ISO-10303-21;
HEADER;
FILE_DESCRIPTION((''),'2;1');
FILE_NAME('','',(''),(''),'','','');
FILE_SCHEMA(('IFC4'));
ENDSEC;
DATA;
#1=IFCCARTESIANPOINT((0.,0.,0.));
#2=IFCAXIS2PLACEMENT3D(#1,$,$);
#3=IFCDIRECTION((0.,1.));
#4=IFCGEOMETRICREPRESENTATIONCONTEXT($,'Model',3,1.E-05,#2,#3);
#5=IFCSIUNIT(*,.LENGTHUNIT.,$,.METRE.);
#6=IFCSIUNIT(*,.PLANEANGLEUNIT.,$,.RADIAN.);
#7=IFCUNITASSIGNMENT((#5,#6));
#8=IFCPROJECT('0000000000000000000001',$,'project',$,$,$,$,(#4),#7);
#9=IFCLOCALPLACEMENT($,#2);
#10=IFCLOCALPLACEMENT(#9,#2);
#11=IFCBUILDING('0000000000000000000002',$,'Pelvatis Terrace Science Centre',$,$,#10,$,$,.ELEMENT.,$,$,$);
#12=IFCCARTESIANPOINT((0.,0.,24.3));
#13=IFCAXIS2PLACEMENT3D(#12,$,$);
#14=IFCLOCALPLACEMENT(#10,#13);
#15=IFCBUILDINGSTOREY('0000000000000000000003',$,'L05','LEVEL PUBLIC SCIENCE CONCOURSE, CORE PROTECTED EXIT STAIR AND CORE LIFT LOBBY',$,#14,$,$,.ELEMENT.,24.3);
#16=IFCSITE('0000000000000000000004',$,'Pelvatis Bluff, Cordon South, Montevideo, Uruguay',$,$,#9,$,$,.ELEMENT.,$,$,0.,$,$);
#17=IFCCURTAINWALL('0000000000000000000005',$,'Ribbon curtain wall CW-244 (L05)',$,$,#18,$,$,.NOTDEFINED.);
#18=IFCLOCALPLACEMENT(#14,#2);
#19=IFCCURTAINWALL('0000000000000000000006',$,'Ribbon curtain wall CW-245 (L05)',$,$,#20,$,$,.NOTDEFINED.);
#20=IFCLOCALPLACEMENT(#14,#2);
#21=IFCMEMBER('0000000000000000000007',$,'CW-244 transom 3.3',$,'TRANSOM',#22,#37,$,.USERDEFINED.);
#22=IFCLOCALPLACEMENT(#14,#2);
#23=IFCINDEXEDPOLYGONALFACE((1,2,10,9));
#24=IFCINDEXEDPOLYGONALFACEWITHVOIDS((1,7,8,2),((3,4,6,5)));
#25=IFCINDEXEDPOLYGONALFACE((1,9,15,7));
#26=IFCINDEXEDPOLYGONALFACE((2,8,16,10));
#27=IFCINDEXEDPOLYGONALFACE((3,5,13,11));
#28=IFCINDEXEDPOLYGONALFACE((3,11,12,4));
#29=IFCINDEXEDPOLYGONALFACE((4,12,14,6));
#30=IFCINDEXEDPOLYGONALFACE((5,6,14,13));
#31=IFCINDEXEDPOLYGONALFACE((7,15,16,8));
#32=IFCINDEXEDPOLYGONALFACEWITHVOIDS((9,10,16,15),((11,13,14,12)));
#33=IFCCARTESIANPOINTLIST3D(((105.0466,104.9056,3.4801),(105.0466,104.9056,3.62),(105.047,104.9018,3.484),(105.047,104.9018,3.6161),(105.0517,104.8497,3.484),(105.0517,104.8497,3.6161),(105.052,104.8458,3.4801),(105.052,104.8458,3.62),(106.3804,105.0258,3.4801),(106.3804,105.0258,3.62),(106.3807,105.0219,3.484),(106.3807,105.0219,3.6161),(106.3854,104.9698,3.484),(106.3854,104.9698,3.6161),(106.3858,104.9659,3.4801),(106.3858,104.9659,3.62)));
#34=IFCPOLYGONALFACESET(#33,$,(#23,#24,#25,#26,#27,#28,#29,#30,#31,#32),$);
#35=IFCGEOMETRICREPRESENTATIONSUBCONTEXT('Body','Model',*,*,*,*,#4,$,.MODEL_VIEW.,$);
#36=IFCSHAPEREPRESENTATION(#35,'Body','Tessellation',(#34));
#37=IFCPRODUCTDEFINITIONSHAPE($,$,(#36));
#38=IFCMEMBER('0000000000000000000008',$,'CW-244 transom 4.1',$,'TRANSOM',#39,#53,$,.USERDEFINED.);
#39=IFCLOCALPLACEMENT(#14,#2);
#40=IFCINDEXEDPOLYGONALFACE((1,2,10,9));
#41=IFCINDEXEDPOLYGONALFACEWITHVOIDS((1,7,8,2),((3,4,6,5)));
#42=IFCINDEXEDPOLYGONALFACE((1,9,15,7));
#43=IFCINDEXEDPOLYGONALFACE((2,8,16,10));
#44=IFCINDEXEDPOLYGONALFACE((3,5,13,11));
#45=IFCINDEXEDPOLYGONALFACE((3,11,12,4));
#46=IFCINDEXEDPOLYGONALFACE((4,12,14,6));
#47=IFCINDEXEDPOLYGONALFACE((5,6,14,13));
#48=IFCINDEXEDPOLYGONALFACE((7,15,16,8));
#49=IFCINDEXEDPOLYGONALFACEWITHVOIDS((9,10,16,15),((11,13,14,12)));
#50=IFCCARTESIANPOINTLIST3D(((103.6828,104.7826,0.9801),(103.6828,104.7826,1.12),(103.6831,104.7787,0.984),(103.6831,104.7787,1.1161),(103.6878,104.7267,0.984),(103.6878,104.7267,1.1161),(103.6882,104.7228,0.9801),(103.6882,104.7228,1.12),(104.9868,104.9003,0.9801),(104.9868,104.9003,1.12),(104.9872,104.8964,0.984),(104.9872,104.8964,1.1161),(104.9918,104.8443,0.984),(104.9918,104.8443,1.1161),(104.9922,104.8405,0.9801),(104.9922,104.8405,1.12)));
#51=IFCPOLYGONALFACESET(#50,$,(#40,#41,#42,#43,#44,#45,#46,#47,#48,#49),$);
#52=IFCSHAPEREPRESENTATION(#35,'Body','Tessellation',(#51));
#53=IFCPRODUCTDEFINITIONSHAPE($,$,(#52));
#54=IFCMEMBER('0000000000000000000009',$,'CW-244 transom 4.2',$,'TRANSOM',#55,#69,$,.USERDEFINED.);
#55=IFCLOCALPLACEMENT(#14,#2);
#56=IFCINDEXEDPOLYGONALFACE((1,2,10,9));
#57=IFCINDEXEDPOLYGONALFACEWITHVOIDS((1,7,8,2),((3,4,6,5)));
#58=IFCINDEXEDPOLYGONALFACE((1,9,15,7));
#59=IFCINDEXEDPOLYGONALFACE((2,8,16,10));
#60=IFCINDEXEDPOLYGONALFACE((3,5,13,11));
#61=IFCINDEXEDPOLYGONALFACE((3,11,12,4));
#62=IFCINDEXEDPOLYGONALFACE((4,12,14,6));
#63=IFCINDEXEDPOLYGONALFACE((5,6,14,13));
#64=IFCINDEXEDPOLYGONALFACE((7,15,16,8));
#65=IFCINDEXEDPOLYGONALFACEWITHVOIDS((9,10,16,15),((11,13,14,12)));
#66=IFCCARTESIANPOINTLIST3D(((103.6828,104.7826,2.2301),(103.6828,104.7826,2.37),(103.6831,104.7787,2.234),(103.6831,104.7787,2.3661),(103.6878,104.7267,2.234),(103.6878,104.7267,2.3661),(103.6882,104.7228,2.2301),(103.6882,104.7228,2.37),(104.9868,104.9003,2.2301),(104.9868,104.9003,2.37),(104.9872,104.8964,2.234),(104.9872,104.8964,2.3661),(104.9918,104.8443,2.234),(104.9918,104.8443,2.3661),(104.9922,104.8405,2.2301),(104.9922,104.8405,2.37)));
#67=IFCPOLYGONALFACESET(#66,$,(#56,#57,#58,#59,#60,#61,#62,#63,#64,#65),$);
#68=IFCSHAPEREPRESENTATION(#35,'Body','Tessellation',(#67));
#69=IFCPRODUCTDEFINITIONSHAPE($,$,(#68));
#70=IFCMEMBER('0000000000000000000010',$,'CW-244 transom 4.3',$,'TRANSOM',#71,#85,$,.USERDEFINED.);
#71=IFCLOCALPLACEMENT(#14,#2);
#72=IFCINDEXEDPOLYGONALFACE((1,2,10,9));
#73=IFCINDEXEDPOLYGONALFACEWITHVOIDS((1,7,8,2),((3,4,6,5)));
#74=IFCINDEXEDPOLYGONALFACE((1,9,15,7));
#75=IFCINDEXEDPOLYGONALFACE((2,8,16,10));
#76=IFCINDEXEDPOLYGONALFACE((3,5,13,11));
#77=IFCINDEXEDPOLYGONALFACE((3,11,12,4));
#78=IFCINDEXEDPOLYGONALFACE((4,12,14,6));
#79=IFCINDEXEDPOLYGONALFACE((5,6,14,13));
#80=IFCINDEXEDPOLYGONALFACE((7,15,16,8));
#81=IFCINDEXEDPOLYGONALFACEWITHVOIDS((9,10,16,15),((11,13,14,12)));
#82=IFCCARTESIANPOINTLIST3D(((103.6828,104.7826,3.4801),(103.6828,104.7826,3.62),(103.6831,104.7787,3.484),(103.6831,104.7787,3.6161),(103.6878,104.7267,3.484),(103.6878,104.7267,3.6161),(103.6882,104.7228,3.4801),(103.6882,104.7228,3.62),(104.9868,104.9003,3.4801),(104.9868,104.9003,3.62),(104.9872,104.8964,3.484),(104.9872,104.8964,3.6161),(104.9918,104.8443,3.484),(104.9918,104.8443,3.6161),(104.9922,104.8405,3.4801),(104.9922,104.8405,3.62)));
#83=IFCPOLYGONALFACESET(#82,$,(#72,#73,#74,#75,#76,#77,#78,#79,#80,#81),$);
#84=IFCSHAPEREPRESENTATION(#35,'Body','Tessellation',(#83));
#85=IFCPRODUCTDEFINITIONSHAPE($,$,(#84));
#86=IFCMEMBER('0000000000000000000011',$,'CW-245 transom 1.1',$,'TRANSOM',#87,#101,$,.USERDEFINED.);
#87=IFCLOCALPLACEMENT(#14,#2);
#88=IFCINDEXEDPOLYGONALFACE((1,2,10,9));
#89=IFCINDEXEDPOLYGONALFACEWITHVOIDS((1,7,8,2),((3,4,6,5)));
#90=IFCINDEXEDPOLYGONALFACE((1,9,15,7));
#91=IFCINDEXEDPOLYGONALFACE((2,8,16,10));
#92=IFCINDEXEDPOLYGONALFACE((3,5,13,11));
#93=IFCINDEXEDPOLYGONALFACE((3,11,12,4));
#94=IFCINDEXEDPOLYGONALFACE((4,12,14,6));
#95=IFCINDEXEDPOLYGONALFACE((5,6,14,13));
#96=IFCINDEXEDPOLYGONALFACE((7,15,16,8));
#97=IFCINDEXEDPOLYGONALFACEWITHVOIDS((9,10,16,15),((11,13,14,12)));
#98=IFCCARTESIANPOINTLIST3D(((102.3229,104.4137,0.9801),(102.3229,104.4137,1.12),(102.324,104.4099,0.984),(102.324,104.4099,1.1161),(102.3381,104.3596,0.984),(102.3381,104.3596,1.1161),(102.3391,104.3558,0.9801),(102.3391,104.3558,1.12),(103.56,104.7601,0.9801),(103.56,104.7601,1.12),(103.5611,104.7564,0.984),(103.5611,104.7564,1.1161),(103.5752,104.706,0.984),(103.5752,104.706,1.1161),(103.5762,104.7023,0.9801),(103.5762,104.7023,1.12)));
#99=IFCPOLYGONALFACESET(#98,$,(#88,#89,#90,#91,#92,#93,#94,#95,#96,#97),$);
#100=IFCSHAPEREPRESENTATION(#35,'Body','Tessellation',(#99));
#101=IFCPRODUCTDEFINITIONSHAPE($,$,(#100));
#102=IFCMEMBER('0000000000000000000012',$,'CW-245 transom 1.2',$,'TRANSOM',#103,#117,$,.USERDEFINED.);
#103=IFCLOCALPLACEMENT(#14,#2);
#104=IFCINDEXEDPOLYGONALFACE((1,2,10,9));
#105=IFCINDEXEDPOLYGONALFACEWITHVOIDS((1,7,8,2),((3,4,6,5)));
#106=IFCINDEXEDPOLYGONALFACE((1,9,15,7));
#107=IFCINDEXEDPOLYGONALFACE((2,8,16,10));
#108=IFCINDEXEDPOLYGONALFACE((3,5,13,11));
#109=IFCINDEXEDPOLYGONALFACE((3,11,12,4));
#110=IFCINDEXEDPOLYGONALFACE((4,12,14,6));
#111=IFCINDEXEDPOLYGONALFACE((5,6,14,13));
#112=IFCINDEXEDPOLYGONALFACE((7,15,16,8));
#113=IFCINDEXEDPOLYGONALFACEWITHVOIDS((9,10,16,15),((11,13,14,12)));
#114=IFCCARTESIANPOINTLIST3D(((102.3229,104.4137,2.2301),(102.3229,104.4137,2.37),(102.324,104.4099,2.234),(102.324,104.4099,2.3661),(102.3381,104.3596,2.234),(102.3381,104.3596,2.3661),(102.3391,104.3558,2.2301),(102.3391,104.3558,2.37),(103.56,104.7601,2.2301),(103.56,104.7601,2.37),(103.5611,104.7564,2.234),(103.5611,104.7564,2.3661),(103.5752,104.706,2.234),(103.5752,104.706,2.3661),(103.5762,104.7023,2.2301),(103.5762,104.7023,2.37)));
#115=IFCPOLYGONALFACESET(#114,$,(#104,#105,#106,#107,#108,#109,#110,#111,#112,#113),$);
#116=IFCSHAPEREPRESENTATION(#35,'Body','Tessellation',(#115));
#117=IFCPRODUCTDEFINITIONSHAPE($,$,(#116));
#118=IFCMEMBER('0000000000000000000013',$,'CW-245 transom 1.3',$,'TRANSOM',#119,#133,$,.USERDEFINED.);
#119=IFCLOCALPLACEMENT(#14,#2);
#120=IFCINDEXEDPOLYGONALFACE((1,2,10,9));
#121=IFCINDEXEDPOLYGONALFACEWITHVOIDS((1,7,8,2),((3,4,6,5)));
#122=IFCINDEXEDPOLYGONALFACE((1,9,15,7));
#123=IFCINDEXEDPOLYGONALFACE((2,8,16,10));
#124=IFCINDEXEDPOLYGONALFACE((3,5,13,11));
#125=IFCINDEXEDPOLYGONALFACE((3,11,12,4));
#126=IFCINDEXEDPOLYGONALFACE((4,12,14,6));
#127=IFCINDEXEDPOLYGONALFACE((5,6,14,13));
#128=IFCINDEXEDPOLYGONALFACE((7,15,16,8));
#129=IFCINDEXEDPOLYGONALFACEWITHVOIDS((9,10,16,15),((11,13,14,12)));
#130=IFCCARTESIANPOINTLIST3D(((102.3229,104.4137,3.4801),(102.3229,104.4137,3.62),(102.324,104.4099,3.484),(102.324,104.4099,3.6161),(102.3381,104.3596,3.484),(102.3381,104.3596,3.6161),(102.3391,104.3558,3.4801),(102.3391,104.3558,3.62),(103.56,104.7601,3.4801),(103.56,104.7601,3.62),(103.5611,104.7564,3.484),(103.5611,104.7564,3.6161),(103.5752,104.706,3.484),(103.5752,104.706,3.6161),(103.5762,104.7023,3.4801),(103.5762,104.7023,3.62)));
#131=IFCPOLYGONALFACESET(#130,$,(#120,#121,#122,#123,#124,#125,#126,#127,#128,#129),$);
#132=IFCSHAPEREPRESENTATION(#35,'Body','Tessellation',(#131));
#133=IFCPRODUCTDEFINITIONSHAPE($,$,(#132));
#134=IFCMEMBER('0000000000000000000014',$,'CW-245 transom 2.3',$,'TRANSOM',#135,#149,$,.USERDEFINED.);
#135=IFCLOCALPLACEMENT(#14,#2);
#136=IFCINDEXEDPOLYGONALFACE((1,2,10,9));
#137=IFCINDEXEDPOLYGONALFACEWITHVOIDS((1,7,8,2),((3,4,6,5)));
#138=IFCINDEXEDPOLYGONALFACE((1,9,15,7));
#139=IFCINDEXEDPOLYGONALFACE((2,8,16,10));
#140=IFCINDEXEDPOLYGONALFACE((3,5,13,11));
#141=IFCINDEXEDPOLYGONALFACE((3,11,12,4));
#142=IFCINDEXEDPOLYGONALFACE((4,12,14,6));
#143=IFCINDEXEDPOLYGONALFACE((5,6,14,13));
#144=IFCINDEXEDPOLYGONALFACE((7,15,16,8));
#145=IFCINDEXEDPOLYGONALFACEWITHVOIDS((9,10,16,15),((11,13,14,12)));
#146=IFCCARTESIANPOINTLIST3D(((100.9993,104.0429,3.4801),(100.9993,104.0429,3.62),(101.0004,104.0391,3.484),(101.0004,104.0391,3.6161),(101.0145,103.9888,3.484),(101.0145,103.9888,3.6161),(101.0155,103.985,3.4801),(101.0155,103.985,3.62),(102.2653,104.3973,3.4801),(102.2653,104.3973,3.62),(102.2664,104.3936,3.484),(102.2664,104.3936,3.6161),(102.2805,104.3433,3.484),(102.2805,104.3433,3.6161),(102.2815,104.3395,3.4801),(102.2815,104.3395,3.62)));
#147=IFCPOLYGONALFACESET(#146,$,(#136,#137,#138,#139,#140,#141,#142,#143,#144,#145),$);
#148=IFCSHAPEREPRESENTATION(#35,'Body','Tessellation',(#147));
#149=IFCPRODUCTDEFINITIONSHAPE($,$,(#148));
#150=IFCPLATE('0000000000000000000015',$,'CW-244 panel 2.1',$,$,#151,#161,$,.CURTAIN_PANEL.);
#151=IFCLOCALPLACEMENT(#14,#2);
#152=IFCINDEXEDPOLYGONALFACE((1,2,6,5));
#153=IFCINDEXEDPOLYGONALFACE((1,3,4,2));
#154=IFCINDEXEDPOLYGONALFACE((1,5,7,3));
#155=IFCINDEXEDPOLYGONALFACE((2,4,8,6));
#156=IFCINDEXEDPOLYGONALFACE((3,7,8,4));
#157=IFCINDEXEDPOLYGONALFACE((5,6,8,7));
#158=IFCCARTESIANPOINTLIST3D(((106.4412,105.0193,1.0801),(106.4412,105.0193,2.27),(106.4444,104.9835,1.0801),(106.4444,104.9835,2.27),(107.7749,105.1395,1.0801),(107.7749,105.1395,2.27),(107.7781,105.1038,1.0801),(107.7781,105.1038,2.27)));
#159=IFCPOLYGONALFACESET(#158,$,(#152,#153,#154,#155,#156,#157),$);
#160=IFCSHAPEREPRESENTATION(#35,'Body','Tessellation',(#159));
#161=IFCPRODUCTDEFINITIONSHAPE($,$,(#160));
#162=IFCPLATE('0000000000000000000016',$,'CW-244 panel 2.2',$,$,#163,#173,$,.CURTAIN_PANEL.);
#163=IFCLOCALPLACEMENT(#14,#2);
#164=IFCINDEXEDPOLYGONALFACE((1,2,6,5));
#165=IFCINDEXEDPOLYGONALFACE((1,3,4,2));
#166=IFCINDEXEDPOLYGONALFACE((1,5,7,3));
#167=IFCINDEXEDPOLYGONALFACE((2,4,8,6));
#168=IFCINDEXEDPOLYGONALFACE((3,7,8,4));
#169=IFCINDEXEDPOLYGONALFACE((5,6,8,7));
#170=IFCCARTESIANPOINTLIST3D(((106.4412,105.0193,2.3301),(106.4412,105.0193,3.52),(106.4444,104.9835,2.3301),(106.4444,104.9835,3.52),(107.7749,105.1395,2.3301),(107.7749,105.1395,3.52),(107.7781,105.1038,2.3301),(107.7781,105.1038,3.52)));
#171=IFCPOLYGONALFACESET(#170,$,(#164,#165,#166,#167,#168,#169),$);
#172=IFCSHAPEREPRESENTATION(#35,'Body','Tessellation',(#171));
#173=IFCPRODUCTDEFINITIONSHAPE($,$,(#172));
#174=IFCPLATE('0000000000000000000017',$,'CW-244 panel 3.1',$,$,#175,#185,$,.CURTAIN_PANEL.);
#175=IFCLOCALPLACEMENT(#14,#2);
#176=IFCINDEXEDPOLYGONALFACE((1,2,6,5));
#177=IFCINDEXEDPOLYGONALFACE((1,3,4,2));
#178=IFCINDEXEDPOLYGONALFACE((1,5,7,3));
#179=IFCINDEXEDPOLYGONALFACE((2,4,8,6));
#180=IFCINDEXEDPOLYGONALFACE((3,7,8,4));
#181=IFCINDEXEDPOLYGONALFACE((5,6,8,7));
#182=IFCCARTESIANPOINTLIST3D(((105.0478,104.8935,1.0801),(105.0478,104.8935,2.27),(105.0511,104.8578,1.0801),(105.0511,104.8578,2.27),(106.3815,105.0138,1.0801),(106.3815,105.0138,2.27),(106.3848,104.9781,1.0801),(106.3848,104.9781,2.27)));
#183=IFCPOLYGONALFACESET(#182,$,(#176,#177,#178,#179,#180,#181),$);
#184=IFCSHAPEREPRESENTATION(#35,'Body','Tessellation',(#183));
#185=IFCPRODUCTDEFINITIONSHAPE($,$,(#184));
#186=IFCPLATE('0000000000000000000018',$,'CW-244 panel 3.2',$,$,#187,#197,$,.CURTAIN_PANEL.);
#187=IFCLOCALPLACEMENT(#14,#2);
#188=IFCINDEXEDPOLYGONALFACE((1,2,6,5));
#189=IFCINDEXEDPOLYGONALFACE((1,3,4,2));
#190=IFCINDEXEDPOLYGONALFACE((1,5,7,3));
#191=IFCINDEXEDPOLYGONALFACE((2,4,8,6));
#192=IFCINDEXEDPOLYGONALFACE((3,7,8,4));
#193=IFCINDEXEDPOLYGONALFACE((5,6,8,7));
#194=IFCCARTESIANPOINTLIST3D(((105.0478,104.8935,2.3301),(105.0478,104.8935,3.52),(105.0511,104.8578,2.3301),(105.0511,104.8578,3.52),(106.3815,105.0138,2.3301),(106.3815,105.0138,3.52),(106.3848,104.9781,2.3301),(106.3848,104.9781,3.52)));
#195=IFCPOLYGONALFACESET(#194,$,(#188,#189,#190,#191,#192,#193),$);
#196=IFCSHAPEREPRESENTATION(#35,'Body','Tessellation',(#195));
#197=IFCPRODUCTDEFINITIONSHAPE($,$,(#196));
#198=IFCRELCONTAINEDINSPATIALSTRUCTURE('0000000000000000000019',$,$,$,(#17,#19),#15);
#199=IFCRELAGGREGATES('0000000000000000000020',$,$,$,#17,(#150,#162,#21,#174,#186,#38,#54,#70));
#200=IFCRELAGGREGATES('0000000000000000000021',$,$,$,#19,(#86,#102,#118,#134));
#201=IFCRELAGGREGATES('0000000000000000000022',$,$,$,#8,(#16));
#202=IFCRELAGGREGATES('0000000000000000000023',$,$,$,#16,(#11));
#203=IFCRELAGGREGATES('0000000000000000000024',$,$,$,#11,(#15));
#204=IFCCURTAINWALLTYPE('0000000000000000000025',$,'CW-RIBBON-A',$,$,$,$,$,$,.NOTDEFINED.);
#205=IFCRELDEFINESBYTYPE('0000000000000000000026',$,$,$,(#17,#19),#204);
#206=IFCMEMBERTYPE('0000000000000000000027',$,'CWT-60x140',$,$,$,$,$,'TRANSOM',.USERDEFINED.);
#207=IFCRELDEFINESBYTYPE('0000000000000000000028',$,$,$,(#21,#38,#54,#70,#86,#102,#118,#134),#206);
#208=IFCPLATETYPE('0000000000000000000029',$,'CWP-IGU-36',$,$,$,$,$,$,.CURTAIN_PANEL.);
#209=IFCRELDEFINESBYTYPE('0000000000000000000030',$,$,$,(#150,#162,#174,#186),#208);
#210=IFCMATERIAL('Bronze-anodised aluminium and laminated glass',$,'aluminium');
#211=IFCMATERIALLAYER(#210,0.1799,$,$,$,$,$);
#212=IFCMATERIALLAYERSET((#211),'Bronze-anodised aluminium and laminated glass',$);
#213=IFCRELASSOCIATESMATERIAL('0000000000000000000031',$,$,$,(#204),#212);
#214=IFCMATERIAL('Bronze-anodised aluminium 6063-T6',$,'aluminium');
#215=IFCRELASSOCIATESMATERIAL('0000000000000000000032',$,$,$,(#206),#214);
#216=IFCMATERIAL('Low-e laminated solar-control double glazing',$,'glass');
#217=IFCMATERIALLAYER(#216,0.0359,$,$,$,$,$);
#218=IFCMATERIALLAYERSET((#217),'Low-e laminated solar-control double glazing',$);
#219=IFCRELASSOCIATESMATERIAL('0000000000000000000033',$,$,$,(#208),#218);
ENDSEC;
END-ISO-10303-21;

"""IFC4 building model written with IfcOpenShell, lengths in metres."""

from ifc_helpers import new_model, si_unit, direction, frame, origin, origin_2d, place, context, subcontext, project, spatial, rectangle, hollow_rectangle, extrude, material, layer, layer_set, material_profile, profile_set, type_object, element, aggregate, save


model = new_model("IFC4")

# Units and contexts
model_context = context("Model", 3, precision=1e-05, world=origin(), true_north=direction((0.0, 1.0)))
body_context = subcontext(model_context, "Body", "Model", "MODEL_VIEW")
ifc_project = project(units=[si_unit("LENGTHUNIT", "METRE"), si_unit("PLANEANGLEUNIT", "RADIAN")], contexts=[model_context])

# Site, building, storey
site_placement = place(None, origin())
site = spatial("IfcSite", under=ifc_project, at=site_placement, Name="Pelvatis Bluff, Cordon South, Montevideo, Uruguay", CompositionType="ELEMENT", RefElevation=0.0)
building_placement = place(site_placement, origin())
building = spatial("IfcBuilding", under=site, at=building_placement, Name="Pelvatis Terrace Science Centre", CompositionType="ELEMENT")
storey_placement = place(building_placement, frame((0.0, 0.0, 24.3)))
storey = spatial("IfcBuildingStorey", under=building, at=storey_placement, Name="L05", Description="LEVEL PUBLIC SCIENCE CONCOURSE, CORE PROTECTED EXIT STAIR AND CORE LIFT LOBBY", CompositionType="ELEMENT", Elevation=24.3)

# Curtain walls
ifc_material_1 = material(Name="Bronze-anodised aluminium and laminated glass", Category="aluminium")
ifc_layer_1 = layer(ifc_material_1, 0.1799)
ifc_layer_set_1 = layer_set([ifc_layer_1], Name="Bronze-anodised aluminium and laminated glass")
curtain_wall_type = type_object("IfcCurtainWallType", Name="CW-RIBBON-A", PredefinedType="NOTDEFINED", material=ifc_layer_set_1)
curtain_wall_1_placement = place(storey_placement, origin())
curtain_wall_1 = element("IfcCurtainWall", 1, at=curtain_wall_1_placement, inside=storey, type_object=curtain_wall_type, Name="Ribbon curtain wall CW-244 (L05)", PredefinedType="NOTDEFINED")
curtain_wall_2_placement = place(storey_placement, origin())
curtain_wall_2 = element("IfcCurtainWall", 2, at=curtain_wall_2_placement, inside=storey, type_object=curtain_wall_type, Name="Ribbon curtain wall CW-245 (L05)", PredefinedType="NOTDEFINED")

# Members
ifc_material_2 = material(Name="Bronze-anodised aluminium 6063-T6", Category="aluminium")
ifc_material_profile_1 = material_profile(ifc_material_2, hollow_rectangle(XDim=0.0601, YDim=0.1399, WallThickness=0.0039, at=origin_2d()), Name="ALU-TRN 60x140")
ifc_profile_set_1 = profile_set([ifc_material_profile_1], Name="Bronze-anodised aluminium 6063-T6")
member_type_1 = type_object("IfcMemberType", Name="CWT-60x140", ElementType="TRANSOM", PredefinedType="USERDEFINED", material=ifc_profile_set_1)
member_1_placement = place(storey_placement, frame((106.3831, 104.9958, 3.55), z_axis=(-0.995969, -0.089697, 0.0), x_axis=(0.089697, -0.995969, 0.0)))
member_1 = element("IfcMember", 3, at=member_1_placement, type_object=member_type_1, Name="CW-244 transom 3.3", ObjectType="TRANSOM", PredefinedType="USERDEFINED", context=body_context, shape_type="SweptSolid", body=[
    extrude(hollow_rectangle(XDim=0.0601, YDim=0.1399, WallThickness=0.0039, at=origin_2d()), origin(), (0.0, 0.0, 1.0), 1.3391),
])
member_2_placement = place(storey_placement, frame((104.9895, 104.8704, 1.05), z_axis=(-0.995953, -0.08988, 0.0), x_axis=(0.08988, -0.995953, 0.0)))
member_2 = element("IfcMember", 4, at=member_2_placement, type_object=member_type_1, Name="CW-244 transom 4.1", ObjectType="TRANSOM", PredefinedType="USERDEFINED", context=body_context, shape_type="SweptSolid", body=[
    extrude(hollow_rectangle(XDim=0.0601, YDim=0.1399, WallThickness=0.0039, at=origin_2d()), origin(), (0.0, 0.0, 1.0), 1.3093),
])
member_3_placement = place(storey_placement, frame((104.9895, 104.8704, 2.3), z_axis=(-0.995953, -0.08988, 0.0), x_axis=(0.08988, -0.995953, 0.0)))
member_3 = element("IfcMember", 5, at=member_3_placement, type_object=member_type_1, Name="CW-244 transom 4.2", ObjectType="TRANSOM", PredefinedType="USERDEFINED", context=body_context, shape_type="SweptSolid", body=[
    extrude(hollow_rectangle(XDim=0.0601, YDim=0.1399, WallThickness=0.0039, at=origin_2d()), origin(), (0.0, 0.0, 1.0), 1.3093),
])
member_4_placement = place(storey_placement, frame((104.9895, 104.8704, 3.55), z_axis=(-0.995953, -0.08988, 0.0), x_axis=(0.08988, -0.995953, 0.0)))
member_4 = element("IfcMember", 6, at=member_4_placement, type_object=member_type_1, Name="CW-244 transom 4.3", ObjectType="TRANSOM", PredefinedType="USERDEFINED", context=body_context, shape_type="SweptSolid", body=[
    extrude(hollow_rectangle(XDim=0.0601, YDim=0.1399, WallThickness=0.0039, at=origin_2d()), origin(), (0.0, 0.0, 1.0), 1.3093),
])
member_5_placement = place(storey_placement, frame((103.5681, 104.7312, 1.05), z_axis=(-0.962952, -0.269672, 0.0), x_axis=(0.269672, -0.962952, 0.0)))
member_5 = element("IfcMember", 7, at=member_5_placement, type_object=member_type_1, Name="CW-245 transom 1.1", ObjectType="TRANSOM", PredefinedType="USERDEFINED", context=body_context, shape_type="SweptSolid", body=[
    extrude(hollow_rectangle(XDim=0.0601, YDim=0.1399, WallThickness=0.0039, at=origin_2d()), origin(), (0.0, 0.0, 1.0), 1.2847),
])
member_6_placement = place(storey_placement, frame((103.5681, 104.7312, 2.3), z_axis=(-0.962952, -0.269672, 0.0), x_axis=(0.269672, -0.962952, 0.0)))
member_6 = element("IfcMember", 8, at=member_6_placement, type_object=member_type_1, Name="CW-245 transom 1.2", ObjectType="TRANSOM", PredefinedType="USERDEFINED", context=body_context, shape_type="SweptSolid", body=[
    extrude(hollow_rectangle(XDim=0.0601, YDim=0.1399, WallThickness=0.0039, at=origin_2d()), origin(), (0.0, 0.0, 1.0), 1.2847),
])
member_7_placement = place(storey_placement, frame((103.5681, 104.7312, 3.55), z_axis=(-0.962952, -0.269672, 0.0), x_axis=(0.269672, -0.962952, 0.0)))
member_7 = element("IfcMember", 9, at=member_7_placement, type_object=member_type_1, Name="CW-245 transom 1.3", ObjectType="TRANSOM", PredefinedType="USERDEFINED", context=body_context, shape_type="SweptSolid", body=[
    extrude(hollow_rectangle(XDim=0.0601, YDim=0.1399, WallThickness=0.0039, at=origin_2d()), origin(), (0.0, 0.0, 1.0), 1.2847),
])
member_8_placement = place(storey_placement, frame((102.2734, 104.3684, 3.55), z_axis=(-0.962968, -0.269616, 0.0), x_axis=(0.269616, -0.962968, 0.0)))
member_8 = element("IfcMember", 10, at=member_8_placement, type_object=member_type_1, Name="CW-245 transom 2.3", ObjectType="TRANSOM", PredefinedType="USERDEFINED", context=body_context, shape_type="SweptSolid", body=[
    extrude(hollow_rectangle(XDim=0.0601, YDim=0.1399, WallThickness=0.0039, at=origin_2d()), origin(), (0.0, 0.0, 1.0), 1.3147),
])

# Plates
ifc_material_3 = material(Name="Low-e laminated solar-control double glazing", Category="glass")
ifc_layer_2 = layer(ifc_material_3, 0.0359)
ifc_layer_set_2 = layer_set([ifc_layer_2], Name="Low-e laminated solar-control double glazing")
plate_type = type_object("IfcPlateType", Name="CWP-IGU-36", PredefinedType="CURTAIN_PANEL", material=ifc_layer_set_2)
plate_1_placement = place(storey_placement, frame((107.1096, 105.0615, 1.0801), z_axis=(0.0, 0.0, 1.0), x_axis=(-0.995958, -0.08982, 0.0)))
plate_1 = element("IfcPlate", 11, at=plate_1_placement, type_object=plate_type, Name="CW-244 panel 2.1", PredefinedType="CURTAIN_PANEL", context=body_context, shape_type="SweptSolid", body=[
    extrude(rectangle(XDim=1.3391, YDim=0.0359, at=origin_2d()), origin(), (0.0, 0.0, 1.0), 1.1899),
])
plate_2_placement = place(storey_placement, frame((107.1096, 105.0615, 2.3301), z_axis=(0.0, 0.0, 1.0), x_axis=(-0.995958, -0.08982, 0.0)))
plate_2 = element("IfcPlate", 12, at=plate_2_placement, type_object=plate_type, Name="CW-244 panel 2.2", PredefinedType="CURTAIN_PANEL", context=body_context, shape_type="SweptSolid", body=[
    extrude(rectangle(XDim=1.3391, YDim=0.0359, at=origin_2d()), origin(), (0.0, 0.0, 1.0), 1.1899),
])
plate_3_placement = place(storey_placement, frame((105.7163, 104.9358, 1.0801), z_axis=(0.0, 0.0, 1.0), x_axis=(-0.995958, -0.08982, 0.0)))
plate_3 = element("IfcPlate", 13, at=plate_3_placement, type_object=plate_type, Name="CW-244 panel 3.1", PredefinedType="CURTAIN_PANEL", context=body_context, shape_type="SweptSolid", body=[
    extrude(rectangle(XDim=1.3391, YDim=0.0359, at=origin_2d()), origin(), (0.0, 0.0, 1.0), 1.1899),
])
plate_4_placement = place(storey_placement, frame((105.7163, 104.9358, 2.3301), z_axis=(0.0, 0.0, 1.0), x_axis=(-0.995958, -0.08982, 0.0)))
plate_4 = element("IfcPlate", 14, at=plate_4_placement, type_object=plate_type, Name="CW-244 panel 3.2", PredefinedType="CURTAIN_PANEL", context=body_context, shape_type="SweptSolid", body=[
    extrude(rectangle(XDim=1.3391, YDim=0.0359, at=origin_2d()), origin(), (0.0, 0.0, 1.0), 1.1899),
])
aggregate(curtain_wall_1, [plate_1, plate_2, member_1, plate_3, plate_4, member_2, member_3, member_4])
aggregate(curtain_wall_2, [member_5, member_6, member_7, member_8])

save(model, "model.ifc")
